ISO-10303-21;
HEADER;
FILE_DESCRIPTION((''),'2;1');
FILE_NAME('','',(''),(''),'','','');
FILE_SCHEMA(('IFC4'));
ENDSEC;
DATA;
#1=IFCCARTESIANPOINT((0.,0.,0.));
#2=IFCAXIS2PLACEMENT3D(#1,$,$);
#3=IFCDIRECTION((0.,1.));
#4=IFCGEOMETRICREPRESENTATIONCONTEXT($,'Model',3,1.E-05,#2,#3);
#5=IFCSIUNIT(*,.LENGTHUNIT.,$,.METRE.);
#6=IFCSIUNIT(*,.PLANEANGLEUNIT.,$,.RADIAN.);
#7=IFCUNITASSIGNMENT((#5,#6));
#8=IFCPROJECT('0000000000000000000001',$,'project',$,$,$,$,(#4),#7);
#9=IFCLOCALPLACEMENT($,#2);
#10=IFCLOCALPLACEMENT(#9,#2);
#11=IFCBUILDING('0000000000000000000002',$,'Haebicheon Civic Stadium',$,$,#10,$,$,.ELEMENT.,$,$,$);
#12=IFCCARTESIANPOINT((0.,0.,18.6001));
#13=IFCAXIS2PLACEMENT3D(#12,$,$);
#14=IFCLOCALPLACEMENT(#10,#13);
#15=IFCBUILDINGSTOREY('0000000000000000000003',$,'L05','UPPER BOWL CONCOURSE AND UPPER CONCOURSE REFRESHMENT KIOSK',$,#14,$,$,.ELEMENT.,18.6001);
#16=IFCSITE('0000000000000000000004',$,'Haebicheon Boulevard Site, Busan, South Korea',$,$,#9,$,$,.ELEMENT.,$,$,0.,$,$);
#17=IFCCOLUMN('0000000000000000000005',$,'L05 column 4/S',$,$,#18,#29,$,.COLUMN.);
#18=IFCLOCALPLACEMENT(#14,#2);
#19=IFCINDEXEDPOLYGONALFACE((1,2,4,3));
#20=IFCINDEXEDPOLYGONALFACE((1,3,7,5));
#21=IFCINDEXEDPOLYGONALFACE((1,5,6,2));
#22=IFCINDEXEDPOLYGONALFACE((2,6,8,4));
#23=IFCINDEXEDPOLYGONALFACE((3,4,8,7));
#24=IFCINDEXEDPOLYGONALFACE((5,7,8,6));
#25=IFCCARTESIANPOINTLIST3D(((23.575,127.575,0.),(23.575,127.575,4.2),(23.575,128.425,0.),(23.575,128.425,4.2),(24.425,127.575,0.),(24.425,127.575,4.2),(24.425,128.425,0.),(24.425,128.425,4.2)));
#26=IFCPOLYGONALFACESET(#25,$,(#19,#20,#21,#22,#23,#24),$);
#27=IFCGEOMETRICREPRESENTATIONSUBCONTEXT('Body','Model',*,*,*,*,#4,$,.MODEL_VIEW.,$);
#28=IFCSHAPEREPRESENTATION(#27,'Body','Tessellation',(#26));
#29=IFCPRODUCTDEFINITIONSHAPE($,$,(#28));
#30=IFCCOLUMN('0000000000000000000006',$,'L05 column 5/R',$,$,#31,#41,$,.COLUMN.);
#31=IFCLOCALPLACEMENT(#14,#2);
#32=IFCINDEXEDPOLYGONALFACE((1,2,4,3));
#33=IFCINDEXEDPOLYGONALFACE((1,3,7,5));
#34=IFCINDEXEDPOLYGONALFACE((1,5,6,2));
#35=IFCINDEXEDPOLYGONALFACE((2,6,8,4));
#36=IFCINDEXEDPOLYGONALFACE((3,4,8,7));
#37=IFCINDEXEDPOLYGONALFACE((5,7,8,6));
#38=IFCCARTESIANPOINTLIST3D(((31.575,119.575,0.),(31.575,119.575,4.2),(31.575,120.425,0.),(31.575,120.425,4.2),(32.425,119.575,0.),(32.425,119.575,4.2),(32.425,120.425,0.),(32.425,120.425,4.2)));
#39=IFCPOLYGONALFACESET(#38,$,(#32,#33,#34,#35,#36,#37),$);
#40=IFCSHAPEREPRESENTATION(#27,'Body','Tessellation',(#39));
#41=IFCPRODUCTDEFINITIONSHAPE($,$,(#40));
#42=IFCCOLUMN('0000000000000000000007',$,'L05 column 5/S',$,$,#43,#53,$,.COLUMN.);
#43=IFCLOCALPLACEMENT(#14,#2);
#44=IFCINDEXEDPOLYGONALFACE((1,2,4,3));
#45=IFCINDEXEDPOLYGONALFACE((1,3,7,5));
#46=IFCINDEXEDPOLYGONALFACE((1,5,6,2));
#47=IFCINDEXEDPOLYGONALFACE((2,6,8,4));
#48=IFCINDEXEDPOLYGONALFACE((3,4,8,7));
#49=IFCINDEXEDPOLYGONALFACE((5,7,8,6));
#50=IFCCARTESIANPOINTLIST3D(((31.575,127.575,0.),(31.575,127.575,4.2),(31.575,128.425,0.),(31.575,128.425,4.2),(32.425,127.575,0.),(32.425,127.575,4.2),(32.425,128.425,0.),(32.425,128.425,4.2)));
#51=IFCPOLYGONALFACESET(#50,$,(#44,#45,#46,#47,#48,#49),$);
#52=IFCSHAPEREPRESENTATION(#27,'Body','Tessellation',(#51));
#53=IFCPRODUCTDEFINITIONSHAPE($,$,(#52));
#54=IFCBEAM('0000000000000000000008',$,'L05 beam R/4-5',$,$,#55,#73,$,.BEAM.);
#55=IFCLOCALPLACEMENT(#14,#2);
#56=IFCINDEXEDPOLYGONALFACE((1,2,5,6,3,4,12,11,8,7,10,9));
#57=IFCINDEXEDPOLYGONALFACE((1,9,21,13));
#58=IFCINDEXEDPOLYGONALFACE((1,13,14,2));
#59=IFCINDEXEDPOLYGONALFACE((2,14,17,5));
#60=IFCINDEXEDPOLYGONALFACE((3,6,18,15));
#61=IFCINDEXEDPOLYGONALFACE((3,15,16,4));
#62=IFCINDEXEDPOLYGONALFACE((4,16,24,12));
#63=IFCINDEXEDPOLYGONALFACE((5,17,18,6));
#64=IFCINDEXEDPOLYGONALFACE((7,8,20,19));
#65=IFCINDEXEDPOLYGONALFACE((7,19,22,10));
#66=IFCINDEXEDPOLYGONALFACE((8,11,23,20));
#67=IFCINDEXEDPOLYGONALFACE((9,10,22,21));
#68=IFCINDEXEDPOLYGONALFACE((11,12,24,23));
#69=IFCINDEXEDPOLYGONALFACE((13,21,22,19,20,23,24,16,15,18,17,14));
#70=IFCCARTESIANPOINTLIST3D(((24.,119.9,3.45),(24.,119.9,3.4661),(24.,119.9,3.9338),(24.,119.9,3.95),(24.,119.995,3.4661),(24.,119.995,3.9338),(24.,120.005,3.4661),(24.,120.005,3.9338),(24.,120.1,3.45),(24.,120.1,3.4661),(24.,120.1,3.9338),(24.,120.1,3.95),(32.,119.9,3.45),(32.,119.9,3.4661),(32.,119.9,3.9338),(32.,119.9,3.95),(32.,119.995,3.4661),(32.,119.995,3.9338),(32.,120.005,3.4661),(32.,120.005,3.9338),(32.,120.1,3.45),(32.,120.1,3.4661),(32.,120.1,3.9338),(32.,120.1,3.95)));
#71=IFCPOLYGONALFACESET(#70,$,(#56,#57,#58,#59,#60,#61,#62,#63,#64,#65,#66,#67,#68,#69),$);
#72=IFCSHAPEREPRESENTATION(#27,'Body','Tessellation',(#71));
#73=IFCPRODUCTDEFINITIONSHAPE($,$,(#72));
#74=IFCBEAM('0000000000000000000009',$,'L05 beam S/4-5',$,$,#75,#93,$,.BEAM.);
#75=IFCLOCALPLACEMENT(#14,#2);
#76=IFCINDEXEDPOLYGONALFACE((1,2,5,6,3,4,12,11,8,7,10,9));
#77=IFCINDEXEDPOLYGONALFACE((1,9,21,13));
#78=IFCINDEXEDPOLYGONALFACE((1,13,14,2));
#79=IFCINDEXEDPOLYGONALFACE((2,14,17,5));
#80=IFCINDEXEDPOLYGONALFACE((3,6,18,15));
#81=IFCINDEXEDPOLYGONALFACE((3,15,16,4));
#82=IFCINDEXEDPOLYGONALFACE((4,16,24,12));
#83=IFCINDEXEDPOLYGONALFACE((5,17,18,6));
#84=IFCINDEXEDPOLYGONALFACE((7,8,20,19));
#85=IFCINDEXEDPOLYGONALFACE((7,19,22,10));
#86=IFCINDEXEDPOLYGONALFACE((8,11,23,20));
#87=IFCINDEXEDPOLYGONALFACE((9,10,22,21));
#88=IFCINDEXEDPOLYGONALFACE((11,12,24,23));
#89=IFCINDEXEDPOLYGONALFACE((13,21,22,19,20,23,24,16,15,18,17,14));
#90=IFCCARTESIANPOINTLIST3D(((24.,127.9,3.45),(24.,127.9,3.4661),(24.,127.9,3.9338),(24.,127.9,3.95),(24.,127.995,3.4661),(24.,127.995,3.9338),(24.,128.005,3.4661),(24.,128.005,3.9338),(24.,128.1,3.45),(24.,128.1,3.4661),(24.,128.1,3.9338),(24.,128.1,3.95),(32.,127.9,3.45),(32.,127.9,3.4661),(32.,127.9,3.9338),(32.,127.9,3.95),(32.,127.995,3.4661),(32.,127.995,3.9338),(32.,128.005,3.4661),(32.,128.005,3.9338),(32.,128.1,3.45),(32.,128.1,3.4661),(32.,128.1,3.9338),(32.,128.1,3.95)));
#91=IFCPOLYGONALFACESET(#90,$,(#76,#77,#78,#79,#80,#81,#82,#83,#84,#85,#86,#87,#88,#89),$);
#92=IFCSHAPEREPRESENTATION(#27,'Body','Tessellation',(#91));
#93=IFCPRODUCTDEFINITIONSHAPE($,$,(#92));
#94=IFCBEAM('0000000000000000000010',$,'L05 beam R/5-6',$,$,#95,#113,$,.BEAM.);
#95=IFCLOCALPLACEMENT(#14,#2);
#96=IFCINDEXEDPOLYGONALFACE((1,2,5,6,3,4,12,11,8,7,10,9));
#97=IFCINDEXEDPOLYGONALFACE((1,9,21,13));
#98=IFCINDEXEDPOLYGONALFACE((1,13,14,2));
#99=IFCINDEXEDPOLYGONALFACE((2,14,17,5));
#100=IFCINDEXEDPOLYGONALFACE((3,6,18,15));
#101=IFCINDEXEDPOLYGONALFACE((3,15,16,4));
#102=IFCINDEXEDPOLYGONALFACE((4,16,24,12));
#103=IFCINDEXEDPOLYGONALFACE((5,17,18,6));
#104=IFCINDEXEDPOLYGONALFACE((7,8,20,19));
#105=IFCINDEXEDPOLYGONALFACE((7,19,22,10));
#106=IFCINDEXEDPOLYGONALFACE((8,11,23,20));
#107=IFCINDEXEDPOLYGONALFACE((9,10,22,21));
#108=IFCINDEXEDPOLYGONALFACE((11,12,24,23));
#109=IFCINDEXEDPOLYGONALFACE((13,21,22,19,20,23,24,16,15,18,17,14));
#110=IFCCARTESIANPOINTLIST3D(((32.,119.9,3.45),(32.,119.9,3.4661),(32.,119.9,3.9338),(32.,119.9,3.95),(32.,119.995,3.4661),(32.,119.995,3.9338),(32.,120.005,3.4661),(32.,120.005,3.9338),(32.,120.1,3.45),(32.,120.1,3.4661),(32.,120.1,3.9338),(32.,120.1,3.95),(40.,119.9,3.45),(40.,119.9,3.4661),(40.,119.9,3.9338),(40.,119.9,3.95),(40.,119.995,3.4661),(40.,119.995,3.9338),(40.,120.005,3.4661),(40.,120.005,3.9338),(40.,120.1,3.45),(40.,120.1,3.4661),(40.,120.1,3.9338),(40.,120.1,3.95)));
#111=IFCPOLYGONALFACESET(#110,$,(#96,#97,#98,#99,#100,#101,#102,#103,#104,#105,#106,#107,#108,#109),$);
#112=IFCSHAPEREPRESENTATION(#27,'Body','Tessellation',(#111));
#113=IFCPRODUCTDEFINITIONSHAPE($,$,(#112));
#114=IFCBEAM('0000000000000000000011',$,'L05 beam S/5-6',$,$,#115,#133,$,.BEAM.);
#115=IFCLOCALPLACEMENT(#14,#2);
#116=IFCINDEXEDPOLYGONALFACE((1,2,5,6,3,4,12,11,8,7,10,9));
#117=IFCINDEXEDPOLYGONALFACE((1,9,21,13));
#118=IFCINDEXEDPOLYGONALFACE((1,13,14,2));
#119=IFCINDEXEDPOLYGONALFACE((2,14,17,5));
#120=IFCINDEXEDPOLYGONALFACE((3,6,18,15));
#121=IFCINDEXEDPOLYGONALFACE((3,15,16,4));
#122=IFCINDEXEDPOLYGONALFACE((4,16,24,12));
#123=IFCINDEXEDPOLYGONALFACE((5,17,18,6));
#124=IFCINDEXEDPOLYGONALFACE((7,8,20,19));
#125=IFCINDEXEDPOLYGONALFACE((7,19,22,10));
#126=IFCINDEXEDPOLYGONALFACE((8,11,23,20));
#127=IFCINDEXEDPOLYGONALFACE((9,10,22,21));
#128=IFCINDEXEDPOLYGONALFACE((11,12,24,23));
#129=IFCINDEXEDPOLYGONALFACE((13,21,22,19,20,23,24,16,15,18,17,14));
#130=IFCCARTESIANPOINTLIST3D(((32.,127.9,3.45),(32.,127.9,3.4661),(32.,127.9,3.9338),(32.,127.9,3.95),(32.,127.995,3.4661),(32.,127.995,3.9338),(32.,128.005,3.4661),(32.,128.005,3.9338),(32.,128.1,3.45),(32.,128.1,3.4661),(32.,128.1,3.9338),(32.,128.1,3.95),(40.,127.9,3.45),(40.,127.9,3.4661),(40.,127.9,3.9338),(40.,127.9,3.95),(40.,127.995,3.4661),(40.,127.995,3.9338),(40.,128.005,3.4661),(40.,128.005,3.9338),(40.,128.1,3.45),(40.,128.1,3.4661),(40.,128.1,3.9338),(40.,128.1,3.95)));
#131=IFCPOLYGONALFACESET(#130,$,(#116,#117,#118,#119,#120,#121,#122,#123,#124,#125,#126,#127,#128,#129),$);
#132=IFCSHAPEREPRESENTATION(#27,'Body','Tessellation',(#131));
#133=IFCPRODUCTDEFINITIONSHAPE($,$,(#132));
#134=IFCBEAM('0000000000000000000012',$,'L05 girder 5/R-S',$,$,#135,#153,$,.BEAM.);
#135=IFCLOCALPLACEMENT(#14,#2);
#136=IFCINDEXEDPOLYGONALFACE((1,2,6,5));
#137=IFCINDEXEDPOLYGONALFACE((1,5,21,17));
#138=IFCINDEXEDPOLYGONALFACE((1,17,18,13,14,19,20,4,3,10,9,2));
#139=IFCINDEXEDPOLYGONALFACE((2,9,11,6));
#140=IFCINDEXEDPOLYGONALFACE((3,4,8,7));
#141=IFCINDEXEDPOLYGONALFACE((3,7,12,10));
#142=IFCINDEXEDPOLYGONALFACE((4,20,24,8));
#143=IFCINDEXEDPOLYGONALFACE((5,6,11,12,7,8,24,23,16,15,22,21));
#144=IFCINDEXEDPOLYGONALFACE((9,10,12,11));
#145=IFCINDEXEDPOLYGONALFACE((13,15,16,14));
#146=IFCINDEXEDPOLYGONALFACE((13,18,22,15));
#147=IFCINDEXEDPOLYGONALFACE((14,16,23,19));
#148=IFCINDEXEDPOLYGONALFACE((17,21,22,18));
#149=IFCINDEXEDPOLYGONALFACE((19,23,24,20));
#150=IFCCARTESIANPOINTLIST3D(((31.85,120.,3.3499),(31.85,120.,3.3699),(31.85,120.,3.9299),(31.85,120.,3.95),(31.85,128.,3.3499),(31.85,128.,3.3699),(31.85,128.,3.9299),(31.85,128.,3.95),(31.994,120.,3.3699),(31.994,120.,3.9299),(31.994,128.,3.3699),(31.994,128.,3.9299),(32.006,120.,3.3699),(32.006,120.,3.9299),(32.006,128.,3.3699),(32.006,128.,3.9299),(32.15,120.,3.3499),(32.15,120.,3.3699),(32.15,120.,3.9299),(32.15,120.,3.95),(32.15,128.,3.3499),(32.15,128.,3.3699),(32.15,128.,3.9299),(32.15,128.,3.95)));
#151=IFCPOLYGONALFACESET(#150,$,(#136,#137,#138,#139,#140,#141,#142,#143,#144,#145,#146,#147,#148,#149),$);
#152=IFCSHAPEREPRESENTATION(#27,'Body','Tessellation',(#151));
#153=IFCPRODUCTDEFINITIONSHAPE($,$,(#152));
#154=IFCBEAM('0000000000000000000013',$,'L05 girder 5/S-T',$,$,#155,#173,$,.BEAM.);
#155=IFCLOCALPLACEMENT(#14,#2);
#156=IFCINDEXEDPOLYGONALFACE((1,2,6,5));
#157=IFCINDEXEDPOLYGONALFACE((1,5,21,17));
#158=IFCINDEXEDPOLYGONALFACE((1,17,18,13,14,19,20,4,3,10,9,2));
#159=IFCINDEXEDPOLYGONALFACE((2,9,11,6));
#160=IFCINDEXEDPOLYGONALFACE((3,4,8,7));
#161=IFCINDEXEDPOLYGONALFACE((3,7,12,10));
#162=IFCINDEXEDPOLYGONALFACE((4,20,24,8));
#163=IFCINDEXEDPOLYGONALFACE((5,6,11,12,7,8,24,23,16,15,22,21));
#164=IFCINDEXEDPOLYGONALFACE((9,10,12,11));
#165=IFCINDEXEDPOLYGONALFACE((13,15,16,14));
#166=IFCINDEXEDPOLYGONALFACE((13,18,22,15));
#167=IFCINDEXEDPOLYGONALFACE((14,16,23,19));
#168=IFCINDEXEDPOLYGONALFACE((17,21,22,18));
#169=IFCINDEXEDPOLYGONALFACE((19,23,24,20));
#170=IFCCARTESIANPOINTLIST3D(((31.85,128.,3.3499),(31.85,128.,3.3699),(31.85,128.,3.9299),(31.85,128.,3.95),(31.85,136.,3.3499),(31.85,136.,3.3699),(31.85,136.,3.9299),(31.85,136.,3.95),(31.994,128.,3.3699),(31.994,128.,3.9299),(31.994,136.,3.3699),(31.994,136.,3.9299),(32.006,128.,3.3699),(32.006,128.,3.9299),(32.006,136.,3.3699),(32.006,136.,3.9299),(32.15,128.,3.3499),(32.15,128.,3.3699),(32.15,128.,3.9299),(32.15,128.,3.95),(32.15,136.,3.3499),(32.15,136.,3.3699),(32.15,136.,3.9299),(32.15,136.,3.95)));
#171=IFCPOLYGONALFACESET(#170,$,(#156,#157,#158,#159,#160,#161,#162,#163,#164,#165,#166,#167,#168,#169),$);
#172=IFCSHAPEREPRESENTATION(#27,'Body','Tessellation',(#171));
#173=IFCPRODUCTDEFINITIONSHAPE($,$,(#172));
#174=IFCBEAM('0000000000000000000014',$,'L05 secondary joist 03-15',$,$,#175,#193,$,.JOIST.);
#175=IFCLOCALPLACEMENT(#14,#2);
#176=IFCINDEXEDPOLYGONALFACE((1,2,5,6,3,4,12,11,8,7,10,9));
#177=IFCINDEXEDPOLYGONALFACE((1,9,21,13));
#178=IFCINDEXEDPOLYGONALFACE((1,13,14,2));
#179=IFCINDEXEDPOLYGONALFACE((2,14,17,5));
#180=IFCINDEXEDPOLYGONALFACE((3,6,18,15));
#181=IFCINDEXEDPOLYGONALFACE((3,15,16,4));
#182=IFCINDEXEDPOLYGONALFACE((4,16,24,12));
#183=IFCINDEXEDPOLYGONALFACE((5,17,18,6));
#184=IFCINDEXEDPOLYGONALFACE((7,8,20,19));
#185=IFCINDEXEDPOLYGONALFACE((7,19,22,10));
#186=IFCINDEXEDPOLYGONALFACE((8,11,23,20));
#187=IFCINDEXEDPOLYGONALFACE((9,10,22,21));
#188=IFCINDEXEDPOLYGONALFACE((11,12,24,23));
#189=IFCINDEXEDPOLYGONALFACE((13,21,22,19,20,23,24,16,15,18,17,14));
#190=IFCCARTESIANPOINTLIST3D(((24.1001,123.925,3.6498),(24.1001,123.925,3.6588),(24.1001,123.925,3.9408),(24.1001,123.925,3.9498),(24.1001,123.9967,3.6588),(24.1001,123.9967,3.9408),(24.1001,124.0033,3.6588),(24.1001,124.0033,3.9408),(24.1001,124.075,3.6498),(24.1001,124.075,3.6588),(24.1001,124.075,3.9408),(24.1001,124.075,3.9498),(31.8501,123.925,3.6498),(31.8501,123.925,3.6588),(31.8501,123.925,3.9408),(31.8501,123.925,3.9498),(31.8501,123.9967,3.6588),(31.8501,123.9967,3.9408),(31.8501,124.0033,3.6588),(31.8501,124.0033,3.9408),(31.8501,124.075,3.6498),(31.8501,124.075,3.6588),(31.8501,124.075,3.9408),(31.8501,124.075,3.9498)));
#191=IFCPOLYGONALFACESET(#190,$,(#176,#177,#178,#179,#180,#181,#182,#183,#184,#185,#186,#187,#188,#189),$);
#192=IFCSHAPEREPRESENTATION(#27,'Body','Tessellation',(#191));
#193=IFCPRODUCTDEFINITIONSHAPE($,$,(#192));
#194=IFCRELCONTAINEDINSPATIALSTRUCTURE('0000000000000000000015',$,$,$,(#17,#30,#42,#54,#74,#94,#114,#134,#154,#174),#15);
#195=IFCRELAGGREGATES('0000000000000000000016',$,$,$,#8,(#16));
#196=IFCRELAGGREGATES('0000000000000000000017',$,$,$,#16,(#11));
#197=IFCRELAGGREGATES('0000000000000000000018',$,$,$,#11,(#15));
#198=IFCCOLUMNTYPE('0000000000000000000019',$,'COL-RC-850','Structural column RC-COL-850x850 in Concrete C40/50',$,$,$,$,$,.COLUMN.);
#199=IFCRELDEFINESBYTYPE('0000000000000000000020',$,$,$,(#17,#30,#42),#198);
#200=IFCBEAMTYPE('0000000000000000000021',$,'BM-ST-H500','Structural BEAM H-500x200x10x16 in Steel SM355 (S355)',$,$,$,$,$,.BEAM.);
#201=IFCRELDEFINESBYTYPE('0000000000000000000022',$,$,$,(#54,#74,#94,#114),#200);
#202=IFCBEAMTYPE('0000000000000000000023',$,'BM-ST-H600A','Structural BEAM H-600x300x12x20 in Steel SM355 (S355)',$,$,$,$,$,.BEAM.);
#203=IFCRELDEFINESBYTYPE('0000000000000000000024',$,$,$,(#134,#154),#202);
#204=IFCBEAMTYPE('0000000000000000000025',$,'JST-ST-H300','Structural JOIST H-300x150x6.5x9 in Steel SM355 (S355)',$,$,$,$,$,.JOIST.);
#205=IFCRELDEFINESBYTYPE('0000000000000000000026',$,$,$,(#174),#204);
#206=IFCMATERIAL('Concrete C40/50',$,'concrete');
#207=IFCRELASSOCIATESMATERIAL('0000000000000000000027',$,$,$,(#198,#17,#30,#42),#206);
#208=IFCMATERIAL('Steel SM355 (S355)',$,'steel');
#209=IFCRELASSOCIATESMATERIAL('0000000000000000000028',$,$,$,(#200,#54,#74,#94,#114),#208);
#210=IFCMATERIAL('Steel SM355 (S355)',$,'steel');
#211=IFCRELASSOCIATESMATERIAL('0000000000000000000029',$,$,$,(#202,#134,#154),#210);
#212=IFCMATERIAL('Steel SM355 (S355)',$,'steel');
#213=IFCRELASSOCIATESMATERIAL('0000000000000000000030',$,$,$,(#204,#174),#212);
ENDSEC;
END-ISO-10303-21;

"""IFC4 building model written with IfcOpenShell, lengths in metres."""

from ifc_helpers import new_model, si_unit, direction, frame, origin, origin_2d, place, context, subcontext, project, spatial, rectangle, i_section, extrude, material, material_profile, profile_set, type_object, element, save


model = new_model("IFC4")

# Units and contexts
model_context = context("Model", 3, precision=1e-05, world=origin(), true_north=direction((0.0, 1.0)))
body_context = subcontext(model_context, "Body", "Model", "MODEL_VIEW")
ifc_project = project(units=[si_unit("LENGTHUNIT", "METRE"), si_unit("PLANEANGLEUNIT", "RADIAN")], contexts=[model_context])

# Site, building, storey
site_placement = place(None, origin())
site = spatial("IfcSite", under=ifc_project, at=site_placement, Name="Haebicheon Boulevard Site, Busan, South Korea", CompositionType="ELEMENT", RefElevation=0.0)
building_placement = place(site_placement, origin())
building = spatial("IfcBuilding", under=site, at=building_placement, Name="Haebicheon Civic Stadium", CompositionType="ELEMENT")
storey_placement = place(building_placement, frame((0.0, 0.0, 18.6001)))
storey = spatial("IfcBuildingStorey", under=building, at=storey_placement, Name="L05", Description="UPPER BOWL CONCOURSE AND UPPER CONCOURSE REFRESHMENT KIOSK", CompositionType="ELEMENT", Elevation=18.6001)

# Columns
ifc_material_1 = material(Name="Concrete C40/50", Category="concrete")
ifc_material_profile_1 = material_profile(ifc_material_1, rectangle(XDim=0.8501, YDim=0.8501, at=origin_2d()), Name="RC-COL-850x850")
ifc_profile_set_1 = profile_set([ifc_material_profile_1], Name="Concrete C40/50")
column_type = type_object("IfcColumnType", Name="COL-RC-850", Description="Structural column RC-COL-850x850 in Concrete C40/50", PredefinedType="COLUMN", material=ifc_profile_set_1)
for number, where, z_axis, x_axis, name in (
    (1, (24.0, 128.0, 0.0), (0.0, 0.0, 1.0), (1.0, 0.0, 0.0), "L05 column 4/S"),
    (2, (32.0, 120.0, 0.0), (0.0, 0.0, 1.0), (1.0, 0.0, 0.0), "L05 column 5/R"),
    (3, (32.0, 128.0, 0.0), (0.0, 0.0, 1.0), (1.0, 0.0, 0.0), "L05 column 5/S"),
):
    element("IfcColumn", number, at=place(storey_placement, frame(where, z_axis=z_axis, x_axis=x_axis)), inside=storey, type_object=column_type, material=ifc_profile_set_1, Name=name, PredefinedType="COLUMN", context=body_context, shape_type="SweptSolid", body=[
        extrude(rectangle(XDim=0.8501, YDim=0.8501, at=origin_2d()), origin(), (0.0, 0.0, 1.0), 4.2),
    ])

# Beams
ifc_material_2 = material(Name="Steel SM355 (S355)", Category="steel")
ifc_material_profile_2 = material_profile(ifc_material_2, i_section(OverallWidth=0.2, OverallDepth=0.5, WebThickness=0.01, FlangeThickness=0.0161, at=origin_2d()), Name="H-500x200x10x16")
ifc_profile_set_2 = profile_set([ifc_material_profile_2], Name="Steel SM355 (S355)")
beam_type_1 = type_object("IfcBeamType", Name="BM-ST-H500", Description="Structural BEAM H-500x200x10x16 in Steel SM355 (S355)", PredefinedType="BEAM", material=ifc_profile_set_2)
for number, where, z_axis, x_axis, name in (
    (4, (24.0, 120.0, 3.7), (1.0, 0.0, 0.0), (0.0, 1.0, 0.0), "L05 beam R/4-5"),
    (5, (24.0, 128.0, 3.7), (1.0, 0.0, 0.0), (0.0, 1.0, 0.0), "L05 beam S/4-5"),
    (6, (32.0, 120.0, 3.7), (1.0, 0.0, 0.0), (0.0, 1.0, 0.0), "L05 beam R/5-6"),
    (7, (32.0, 128.0, 3.7), (1.0, 0.0, 0.0), (0.0, 1.0, 0.0), "L05 beam S/5-6"),
):
    element("IfcBeam", number, at=place(storey_placement, frame(where, z_axis=z_axis, x_axis=x_axis)), inside=storey, type_object=beam_type_1, material=ifc_profile_set_2, Name=name, PredefinedType="BEAM", context=body_context, shape_type="SweptSolid", body=[
        extrude(i_section(OverallWidth=0.2, OverallDepth=0.5, WebThickness=0.01, FlangeThickness=0.0161, at=origin_2d()), origin(), (0.0, 0.0, 1.0), 8.0),
    ])
ifc_material_3 = material(Name="Steel SM355 (S355)", Category="steel")
ifc_material_profile_3 = material_profile(ifc_material_3, i_section(OverallWidth=0.3, OverallDepth=0.6001, WebThickness=0.012, FlangeThickness=0.02, at=origin_2d()), Name="H-600x300x12x20")
ifc_profile_set_3 = profile_set([ifc_material_profile_3], Name="Steel SM355 (S355)")
beam_type_2 = type_object("IfcBeamType", Name="BM-ST-H600A", Description="Structural BEAM H-600x300x12x20 in Steel SM355 (S355)", PredefinedType="BEAM", material=ifc_profile_set_3)
for number, where, z_axis, x_axis, name in (
    (8, (32.0, 120.0, 3.6499), (0.0, 1.0, 0.0), (-1.0, 0.0, 0.0), "L05 girder 5/R-S"),
    (9, (32.0, 128.0, 3.6499), (0.0, 1.0, 0.0), (-1.0, 0.0, 0.0), "L05 girder 5/S-T"),
):
    element("IfcBeam", number, at=place(storey_placement, frame(where, z_axis=z_axis, x_axis=x_axis)), inside=storey, type_object=beam_type_2, material=ifc_profile_set_3, Name=name, PredefinedType="BEAM", context=body_context, shape_type="SweptSolid", body=[
        extrude(i_section(OverallWidth=0.3, OverallDepth=0.6001, WebThickness=0.012, FlangeThickness=0.02, at=origin_2d()), origin(), (0.0, 0.0, 1.0), 8.0),
    ])
ifc_material_4 = material(Name="Steel SM355 (S355)", Category="steel")
ifc_material_profile_4 = material_profile(ifc_material_4, i_section(OverallWidth=0.1499, OverallDepth=0.3, WebThickness=0.0066, FlangeThickness=0.009, at=origin_2d()), Name="H-300x150x6.5x9")
ifc_profile_set_4 = profile_set([ifc_material_profile_4], Name="Steel SM355 (S355)")
beam_type_3 = type_object("IfcBeamType", Name="JST-ST-H300", Description="Structural JOIST H-300x150x6.5x9 in Steel SM355 (S355)", PredefinedType="JOIST", material=ifc_profile_set_4)
beam_1_placement = place(storey_placement, frame((24.1001, 124.0, 3.7998), z_axis=(1.0, 0.0, 0.0), x_axis=(0.0, 1.0, 0.0)))
element("IfcBeam", 10, at=beam_1_placement, inside=storey, type_object=beam_type_3, material=ifc_profile_set_4, Name="L05 secondary joist 03-15", PredefinedType="JOIST", context=body_context, shape_type="SweptSolid", body=[
    extrude(i_section(OverallWidth=0.1499, OverallDepth=0.3, WebThickness=0.0066, FlangeThickness=0.009, at=origin_2d()), origin(), (0.0, 0.0, 1.0), 7.75),
])

save(model, "model.ifc")
